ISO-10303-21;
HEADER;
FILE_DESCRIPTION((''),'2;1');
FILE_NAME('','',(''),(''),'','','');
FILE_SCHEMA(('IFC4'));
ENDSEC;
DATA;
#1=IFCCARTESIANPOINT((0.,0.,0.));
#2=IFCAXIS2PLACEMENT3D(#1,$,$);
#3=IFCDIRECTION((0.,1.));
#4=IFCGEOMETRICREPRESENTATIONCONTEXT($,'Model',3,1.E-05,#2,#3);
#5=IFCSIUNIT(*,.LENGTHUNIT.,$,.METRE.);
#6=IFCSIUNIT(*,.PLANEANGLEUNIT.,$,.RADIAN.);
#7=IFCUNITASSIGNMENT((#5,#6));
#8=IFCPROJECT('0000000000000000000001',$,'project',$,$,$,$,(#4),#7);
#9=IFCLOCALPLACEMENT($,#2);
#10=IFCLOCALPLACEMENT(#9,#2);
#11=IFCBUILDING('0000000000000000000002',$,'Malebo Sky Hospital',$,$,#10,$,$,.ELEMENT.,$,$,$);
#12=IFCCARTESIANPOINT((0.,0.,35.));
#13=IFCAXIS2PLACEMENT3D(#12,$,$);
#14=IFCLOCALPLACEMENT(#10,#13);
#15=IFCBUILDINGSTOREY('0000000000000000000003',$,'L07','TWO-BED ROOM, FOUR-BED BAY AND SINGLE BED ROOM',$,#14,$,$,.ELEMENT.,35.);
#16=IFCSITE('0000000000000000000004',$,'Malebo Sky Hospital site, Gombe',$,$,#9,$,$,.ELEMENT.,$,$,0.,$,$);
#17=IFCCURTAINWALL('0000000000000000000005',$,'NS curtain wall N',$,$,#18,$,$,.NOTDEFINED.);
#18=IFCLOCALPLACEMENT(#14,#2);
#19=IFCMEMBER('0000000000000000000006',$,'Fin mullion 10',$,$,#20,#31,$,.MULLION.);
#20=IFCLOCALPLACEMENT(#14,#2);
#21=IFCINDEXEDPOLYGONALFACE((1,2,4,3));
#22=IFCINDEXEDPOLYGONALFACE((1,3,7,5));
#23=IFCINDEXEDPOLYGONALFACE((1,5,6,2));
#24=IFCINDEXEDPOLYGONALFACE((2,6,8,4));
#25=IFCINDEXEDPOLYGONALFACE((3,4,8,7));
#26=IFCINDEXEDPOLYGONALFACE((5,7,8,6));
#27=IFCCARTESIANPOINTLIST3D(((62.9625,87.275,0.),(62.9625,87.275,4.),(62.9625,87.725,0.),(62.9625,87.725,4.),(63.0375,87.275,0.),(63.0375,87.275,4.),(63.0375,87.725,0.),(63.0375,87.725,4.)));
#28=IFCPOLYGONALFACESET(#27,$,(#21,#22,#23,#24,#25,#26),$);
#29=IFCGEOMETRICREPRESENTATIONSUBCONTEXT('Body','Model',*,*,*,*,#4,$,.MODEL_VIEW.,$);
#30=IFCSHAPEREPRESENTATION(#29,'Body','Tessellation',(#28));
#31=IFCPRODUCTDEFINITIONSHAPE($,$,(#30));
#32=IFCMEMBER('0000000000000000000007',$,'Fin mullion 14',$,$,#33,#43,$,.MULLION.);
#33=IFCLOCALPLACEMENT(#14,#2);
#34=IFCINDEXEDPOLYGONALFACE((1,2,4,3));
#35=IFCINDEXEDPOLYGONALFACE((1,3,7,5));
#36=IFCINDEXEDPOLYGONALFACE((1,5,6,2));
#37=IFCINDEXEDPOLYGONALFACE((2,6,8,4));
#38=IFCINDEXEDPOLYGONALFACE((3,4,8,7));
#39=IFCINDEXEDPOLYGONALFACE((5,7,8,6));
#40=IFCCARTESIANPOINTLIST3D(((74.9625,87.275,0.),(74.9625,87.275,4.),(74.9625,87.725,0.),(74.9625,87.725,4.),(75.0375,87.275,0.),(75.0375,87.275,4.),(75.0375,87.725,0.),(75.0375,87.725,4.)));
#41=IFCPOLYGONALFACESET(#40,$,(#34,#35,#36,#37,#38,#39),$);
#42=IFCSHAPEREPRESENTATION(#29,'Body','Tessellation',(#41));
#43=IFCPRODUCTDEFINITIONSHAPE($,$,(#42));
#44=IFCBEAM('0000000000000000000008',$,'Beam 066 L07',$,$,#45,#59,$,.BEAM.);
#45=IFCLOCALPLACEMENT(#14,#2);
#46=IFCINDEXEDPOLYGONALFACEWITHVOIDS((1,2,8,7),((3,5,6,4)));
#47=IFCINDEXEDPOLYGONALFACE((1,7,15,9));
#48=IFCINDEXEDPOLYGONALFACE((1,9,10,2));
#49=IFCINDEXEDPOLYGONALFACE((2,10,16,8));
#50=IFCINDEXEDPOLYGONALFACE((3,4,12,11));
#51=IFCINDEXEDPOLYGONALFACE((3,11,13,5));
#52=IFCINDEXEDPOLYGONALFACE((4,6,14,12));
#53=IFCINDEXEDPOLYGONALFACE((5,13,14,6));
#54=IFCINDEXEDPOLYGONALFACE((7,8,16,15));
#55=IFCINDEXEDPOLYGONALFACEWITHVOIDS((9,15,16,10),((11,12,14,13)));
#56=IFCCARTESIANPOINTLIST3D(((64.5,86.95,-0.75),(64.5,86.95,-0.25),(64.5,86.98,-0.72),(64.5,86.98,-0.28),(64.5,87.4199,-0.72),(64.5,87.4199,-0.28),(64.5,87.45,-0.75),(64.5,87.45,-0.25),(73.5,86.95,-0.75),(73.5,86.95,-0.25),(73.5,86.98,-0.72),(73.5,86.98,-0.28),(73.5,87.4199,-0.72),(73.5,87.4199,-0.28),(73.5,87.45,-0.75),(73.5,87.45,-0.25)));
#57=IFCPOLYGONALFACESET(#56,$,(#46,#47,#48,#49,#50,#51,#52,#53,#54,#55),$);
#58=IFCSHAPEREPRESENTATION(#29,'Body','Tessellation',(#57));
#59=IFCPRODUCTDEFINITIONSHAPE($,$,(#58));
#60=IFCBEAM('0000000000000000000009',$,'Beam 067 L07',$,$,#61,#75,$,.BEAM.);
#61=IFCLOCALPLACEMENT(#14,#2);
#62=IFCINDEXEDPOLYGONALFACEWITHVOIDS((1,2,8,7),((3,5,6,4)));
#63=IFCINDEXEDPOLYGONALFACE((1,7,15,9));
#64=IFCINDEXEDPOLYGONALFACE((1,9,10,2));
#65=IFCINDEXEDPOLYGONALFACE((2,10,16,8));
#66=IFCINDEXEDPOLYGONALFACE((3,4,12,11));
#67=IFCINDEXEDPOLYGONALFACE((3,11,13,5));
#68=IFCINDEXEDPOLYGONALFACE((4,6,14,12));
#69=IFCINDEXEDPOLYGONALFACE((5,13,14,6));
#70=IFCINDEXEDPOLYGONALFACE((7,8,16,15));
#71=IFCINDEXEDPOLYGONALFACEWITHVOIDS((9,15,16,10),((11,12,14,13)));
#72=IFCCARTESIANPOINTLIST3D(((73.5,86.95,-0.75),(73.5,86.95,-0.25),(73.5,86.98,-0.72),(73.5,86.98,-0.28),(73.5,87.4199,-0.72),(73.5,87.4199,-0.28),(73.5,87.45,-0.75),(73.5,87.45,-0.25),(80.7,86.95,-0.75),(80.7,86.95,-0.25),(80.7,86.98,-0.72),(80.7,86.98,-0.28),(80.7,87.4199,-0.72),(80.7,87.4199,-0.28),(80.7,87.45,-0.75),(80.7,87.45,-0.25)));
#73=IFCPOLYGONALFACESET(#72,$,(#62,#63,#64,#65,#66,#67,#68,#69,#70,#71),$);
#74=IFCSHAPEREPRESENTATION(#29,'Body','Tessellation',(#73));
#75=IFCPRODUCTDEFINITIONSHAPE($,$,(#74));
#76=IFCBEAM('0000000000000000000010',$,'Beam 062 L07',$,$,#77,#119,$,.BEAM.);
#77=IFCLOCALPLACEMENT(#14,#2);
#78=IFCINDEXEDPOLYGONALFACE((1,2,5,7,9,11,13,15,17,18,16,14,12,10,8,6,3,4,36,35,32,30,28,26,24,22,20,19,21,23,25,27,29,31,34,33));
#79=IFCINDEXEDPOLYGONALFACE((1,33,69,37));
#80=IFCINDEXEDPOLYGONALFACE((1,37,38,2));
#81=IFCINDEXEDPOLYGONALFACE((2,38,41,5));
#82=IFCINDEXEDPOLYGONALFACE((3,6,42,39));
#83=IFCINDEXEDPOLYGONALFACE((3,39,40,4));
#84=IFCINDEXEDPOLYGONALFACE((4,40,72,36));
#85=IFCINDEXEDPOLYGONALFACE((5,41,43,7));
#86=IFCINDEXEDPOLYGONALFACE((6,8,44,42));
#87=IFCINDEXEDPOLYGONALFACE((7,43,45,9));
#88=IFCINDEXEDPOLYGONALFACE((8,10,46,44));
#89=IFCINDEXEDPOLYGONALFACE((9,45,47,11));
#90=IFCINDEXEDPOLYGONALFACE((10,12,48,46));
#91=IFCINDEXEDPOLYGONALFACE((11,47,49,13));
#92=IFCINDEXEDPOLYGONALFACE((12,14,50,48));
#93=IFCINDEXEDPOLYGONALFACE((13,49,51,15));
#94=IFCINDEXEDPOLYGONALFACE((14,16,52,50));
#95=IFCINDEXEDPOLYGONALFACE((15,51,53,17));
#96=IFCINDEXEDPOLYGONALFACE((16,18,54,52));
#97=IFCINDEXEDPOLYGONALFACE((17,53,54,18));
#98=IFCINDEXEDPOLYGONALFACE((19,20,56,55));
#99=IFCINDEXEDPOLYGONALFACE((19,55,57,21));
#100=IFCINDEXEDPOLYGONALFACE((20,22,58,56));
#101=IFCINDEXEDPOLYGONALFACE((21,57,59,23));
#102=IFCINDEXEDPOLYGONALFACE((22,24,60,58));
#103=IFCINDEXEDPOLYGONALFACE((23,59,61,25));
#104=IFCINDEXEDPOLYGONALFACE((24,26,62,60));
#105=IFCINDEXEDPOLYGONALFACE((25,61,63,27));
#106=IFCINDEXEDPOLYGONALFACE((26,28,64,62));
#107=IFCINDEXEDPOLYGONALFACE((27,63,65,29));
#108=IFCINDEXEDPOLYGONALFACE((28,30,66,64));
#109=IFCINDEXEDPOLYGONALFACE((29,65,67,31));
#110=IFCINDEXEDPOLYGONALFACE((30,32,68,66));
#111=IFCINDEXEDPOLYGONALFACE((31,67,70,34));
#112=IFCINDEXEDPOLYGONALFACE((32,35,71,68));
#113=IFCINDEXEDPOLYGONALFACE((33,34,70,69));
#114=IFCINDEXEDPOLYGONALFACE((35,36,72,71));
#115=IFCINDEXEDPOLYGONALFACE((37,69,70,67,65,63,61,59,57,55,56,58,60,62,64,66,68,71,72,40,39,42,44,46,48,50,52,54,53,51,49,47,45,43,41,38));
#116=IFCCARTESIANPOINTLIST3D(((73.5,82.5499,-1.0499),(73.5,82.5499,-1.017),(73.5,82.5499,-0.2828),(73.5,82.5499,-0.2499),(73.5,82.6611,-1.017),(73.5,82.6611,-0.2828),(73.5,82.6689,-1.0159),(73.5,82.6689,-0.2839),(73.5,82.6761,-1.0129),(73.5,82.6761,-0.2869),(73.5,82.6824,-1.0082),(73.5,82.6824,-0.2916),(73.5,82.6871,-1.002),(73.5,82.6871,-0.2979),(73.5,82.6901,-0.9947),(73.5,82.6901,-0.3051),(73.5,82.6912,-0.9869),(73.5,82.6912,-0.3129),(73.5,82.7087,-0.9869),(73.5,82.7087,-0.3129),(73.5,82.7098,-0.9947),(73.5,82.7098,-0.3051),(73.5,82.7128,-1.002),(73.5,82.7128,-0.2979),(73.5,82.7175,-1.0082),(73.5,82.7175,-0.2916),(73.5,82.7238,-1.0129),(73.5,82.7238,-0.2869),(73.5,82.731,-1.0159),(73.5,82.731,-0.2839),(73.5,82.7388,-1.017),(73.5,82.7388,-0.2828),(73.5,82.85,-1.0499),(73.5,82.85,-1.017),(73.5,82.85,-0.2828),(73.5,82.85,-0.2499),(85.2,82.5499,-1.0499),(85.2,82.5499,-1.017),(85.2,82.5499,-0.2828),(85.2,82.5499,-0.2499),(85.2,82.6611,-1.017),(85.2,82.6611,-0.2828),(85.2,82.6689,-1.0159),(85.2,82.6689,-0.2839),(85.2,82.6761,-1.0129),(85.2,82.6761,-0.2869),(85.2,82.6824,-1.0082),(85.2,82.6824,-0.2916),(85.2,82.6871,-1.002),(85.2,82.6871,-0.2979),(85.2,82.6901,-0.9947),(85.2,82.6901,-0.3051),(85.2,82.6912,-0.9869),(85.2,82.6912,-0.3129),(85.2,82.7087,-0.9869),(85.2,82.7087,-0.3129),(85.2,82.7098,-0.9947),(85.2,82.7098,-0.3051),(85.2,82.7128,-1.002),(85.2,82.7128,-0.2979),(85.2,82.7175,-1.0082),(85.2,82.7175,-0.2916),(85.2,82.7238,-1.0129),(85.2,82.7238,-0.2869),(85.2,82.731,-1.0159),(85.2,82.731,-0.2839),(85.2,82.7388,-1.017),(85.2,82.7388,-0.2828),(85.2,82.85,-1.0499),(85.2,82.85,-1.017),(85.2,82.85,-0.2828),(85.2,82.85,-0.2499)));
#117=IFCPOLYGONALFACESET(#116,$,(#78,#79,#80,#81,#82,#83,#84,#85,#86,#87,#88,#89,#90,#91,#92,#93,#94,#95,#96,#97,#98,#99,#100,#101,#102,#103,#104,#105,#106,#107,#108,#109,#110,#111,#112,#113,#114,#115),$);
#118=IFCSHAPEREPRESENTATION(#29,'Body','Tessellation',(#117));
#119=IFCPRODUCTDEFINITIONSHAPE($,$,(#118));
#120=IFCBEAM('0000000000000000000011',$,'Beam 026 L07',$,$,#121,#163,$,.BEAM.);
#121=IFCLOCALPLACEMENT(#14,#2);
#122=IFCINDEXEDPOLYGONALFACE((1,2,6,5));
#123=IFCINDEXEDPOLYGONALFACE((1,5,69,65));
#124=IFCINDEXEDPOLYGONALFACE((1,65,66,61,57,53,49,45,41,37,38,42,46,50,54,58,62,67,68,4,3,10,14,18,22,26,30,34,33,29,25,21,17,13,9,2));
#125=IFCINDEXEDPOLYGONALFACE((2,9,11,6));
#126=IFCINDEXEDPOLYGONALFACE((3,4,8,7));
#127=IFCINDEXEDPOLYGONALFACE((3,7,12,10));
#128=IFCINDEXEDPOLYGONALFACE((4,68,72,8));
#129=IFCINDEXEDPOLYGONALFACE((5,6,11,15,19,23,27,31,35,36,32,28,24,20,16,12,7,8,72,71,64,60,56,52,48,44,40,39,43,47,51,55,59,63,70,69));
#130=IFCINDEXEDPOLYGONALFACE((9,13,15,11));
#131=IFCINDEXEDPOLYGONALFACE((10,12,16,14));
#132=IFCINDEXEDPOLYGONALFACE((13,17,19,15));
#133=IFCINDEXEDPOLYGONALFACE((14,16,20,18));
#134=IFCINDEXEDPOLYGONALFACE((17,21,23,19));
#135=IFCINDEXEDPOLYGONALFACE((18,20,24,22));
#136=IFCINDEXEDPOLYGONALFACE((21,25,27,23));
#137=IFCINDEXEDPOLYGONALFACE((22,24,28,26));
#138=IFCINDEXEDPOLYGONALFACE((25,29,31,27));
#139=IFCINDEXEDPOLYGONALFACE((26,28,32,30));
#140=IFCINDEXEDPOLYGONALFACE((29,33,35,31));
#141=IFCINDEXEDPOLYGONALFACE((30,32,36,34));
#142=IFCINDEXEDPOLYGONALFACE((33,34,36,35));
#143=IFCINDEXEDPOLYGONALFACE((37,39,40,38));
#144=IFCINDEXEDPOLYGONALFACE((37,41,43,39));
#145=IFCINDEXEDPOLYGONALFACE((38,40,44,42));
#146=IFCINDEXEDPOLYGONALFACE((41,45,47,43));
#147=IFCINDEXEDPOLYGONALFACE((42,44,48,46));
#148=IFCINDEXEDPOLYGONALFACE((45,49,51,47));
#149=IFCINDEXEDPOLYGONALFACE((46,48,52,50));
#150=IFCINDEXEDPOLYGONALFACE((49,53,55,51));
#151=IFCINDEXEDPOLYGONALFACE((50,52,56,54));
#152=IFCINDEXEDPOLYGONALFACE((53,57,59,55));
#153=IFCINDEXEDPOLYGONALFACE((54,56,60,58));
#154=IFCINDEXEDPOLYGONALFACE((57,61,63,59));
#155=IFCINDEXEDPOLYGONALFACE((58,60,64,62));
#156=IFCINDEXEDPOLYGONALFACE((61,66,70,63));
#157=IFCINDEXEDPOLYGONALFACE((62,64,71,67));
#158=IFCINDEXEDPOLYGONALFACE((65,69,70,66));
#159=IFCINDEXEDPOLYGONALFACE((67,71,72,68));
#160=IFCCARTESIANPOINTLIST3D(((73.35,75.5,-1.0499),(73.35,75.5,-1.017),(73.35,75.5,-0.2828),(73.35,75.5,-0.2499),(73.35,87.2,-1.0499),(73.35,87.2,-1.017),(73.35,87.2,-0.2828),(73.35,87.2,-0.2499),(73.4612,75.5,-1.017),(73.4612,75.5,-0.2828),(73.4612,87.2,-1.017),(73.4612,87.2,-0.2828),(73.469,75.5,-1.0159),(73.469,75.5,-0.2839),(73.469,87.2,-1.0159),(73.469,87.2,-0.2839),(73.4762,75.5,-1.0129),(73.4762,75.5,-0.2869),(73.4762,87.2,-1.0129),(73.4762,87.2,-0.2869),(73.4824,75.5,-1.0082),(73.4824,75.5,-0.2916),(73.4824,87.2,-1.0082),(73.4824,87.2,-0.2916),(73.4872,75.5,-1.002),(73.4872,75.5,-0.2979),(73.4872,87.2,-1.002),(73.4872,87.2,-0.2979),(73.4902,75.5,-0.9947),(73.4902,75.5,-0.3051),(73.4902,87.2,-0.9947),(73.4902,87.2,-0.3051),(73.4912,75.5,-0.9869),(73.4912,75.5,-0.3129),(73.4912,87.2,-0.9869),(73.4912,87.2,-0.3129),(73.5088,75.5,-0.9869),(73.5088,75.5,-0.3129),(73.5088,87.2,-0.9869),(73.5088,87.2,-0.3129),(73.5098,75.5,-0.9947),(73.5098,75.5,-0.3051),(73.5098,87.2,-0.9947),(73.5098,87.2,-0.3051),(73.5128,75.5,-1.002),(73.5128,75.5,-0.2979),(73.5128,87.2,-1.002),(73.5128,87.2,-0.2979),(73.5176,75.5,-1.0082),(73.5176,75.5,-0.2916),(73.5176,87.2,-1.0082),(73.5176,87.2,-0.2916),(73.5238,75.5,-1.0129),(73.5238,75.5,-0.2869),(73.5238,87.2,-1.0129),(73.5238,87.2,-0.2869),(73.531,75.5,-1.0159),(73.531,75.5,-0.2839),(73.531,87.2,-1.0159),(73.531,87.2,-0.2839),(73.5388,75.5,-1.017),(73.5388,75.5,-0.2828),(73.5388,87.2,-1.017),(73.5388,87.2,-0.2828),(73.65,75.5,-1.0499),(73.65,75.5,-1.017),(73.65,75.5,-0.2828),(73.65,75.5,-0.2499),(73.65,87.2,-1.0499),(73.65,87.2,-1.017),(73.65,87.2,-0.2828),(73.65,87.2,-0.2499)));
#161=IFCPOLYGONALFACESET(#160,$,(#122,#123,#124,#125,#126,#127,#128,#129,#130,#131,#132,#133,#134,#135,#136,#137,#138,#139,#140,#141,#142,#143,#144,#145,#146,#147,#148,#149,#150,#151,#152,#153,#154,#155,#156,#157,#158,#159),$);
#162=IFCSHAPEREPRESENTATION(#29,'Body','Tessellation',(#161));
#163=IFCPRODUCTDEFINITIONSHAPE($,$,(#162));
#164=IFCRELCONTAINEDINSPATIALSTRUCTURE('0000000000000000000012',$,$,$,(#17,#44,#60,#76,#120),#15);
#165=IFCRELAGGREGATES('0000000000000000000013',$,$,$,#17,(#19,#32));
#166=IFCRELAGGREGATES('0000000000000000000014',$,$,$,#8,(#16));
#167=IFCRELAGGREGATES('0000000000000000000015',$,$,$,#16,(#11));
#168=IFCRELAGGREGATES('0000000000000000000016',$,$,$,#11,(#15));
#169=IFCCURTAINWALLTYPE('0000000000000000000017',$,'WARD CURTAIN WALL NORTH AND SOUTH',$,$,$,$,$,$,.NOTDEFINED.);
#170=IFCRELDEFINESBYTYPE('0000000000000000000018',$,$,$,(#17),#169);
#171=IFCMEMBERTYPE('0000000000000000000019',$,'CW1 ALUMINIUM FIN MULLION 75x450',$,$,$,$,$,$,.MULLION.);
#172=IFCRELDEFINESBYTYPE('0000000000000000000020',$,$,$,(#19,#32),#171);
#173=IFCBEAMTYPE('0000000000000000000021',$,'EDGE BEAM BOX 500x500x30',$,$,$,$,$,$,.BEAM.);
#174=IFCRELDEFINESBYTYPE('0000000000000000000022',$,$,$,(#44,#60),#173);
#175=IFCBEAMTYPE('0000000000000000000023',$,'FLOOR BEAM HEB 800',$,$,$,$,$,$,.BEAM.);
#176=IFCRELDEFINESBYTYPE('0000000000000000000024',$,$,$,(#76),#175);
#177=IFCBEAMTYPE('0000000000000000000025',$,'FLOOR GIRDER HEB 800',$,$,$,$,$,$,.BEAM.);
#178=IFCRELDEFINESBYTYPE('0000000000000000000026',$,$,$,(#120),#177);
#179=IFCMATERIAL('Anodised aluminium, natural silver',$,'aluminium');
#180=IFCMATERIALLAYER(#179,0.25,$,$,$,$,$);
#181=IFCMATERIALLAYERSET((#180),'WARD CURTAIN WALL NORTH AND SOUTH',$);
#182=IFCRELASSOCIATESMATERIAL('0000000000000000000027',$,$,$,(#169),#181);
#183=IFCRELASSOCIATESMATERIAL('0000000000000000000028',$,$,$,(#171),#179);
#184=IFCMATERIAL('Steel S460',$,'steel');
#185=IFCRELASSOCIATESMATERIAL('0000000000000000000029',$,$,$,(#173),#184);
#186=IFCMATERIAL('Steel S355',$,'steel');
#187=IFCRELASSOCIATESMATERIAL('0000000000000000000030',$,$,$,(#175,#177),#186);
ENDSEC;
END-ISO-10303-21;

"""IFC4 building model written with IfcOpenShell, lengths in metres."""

from ifc_helpers import new_model, si_unit, direction, frame, origin, origin_2d, place, context, subcontext, project, spatial, rectangle, hollow_rectangle, i_section, extrude, material, layer, layer_set, material_profile, profile_set, type_object, element, aggregate, save


model = new_model("IFC4")

# Units and contexts
model_context = context("Model", 3, precision=1e-05, world=origin(), true_north=direction((0.0, 1.0)))
body_context = subcontext(model_context, "Body", "Model", "MODEL_VIEW")
ifc_project = project(units=[si_unit("LENGTHUNIT", "METRE"), si_unit("PLANEANGLEUNIT", "RADIAN")], contexts=[model_context])

# Site, building, storey
site_placement = place(None, origin())
site = spatial("IfcSite", under=ifc_project, at=site_placement, Name="Malebo Sky Hospital site, Gombe", CompositionType="ELEMENT", RefElevation=0.0)
building_placement = place(site_placement, origin())
building = spatial("IfcBuilding", under=site, at=building_placement, Name="Malebo Sky Hospital", CompositionType="ELEMENT")
storey_placement = place(building_placement, frame((0.0, 0.0, 35.0)))
storey = spatial("IfcBuildingStorey", under=building, at=storey_placement, Name="L07", Description="TWO-BED ROOM, FOUR-BED BAY AND SINGLE BED ROOM", CompositionType="ELEMENT", Elevation=35.0)

# Shared definitions
ifc_material_1 = material(Name="Steel S460", Category="steel")

# Curtain wall, members
ifc_material_2 = material(Name="Anodised aluminium, natural silver", Category="aluminium")
ifc_layer_1 = layer(ifc_material_2, 0.25)
ifc_layer_set_1 = layer_set([ifc_layer_1], Name="WARD CURTAIN WALL NORTH AND SOUTH")
curtain_wall_type = type_object("IfcCurtainWallType", Name="WARD CURTAIN WALL NORTH AND SOUTH", PredefinedType="NOTDEFINED", material=ifc_layer_set_1)
curtain_wall_placement = place(storey_placement, origin())
curtain_wall = element("IfcCurtainWall", 1, at=curtain_wall_placement, inside=storey, type_object=curtain_wall_type, Name="NS curtain wall N", PredefinedType="NOTDEFINED")
ifc_material_profile_1 = material_profile(ifc_material_2, rectangle(XDim=0.075, YDim=0.45, at=origin_2d()), Name="CW1 ALUMINIUM FIN MULLION 75x450")
ifc_profile_set_1 = profile_set([ifc_material_profile_1], Name="Anodised aluminium, natural silver")
member_type_1 = type_object("IfcMemberType", Name="CW1 ALUMINIUM FIN MULLION 75x450", PredefinedType="MULLION", material=ifc_profile_set_1)
member_1_placement = place(storey_placement, frame((63.0, 87.5, 0.0), z_axis=(0.0, 0.0, 1.0), x_axis=(1.0, 0.0, 0.0)))
member_1 = element("IfcMember", 2, at=member_1_placement, type_object=member_type_1, Name="Fin mullion 10", PredefinedType="MULLION", context=body_context, shape_type="SweptSolid", body=[
    extrude(rectangle(XDim=0.075, YDim=0.45, at=origin_2d()), origin(), (0.0, 0.0, 1.0), 4.0),
])
member_2_placement = place(storey_placement, frame((75.0, 87.5, 0.0), z_axis=(0.0, 0.0, 1.0), x_axis=(1.0, 0.0, 0.0)))
member_2 = element("IfcMember", 3, at=member_2_placement, type_object=member_type_1, Name="Fin mullion 14", PredefinedType="MULLION", context=body_context, shape_type="SweptSolid", body=[
    extrude(rectangle(XDim=0.075, YDim=0.45, at=origin_2d()), origin(), (0.0, 0.0, 1.0), 4.0),
])

# Beams
ifc_material_profile_2 = material_profile(ifc_material_1, hollow_rectangle(XDim=0.5, YDim=0.5, WallThickness=0.03, at=origin_2d()), Name="BOX 500x500x30")
ifc_profile_set_2 = profile_set([ifc_material_profile_2], Name="Steel S460")
beam_type_1 = type_object("IfcBeamType", Name="EDGE BEAM BOX 500x500x30", PredefinedType="BEAM", material=ifc_profile_set_2)
beam_1_placement = place(storey_placement, frame((64.5, 87.2, -0.5), z_axis=(1.0, 0.0, 0.0), x_axis=(0.0, 1.0, 0.0)))
element("IfcBeam", 4, at=beam_1_placement, inside=storey, type_object=beam_type_1, Name="Beam 066 L07", PredefinedType="BEAM", context=body_context, shape_type="SweptSolid", body=[
    extrude(hollow_rectangle(XDim=0.5, YDim=0.5, WallThickness=0.03, at=origin_2d()), origin(), (0.0, 0.0, 1.0), 9.0),
])
beam_2_placement = place(storey_placement, frame((73.5, 87.2, -0.5), z_axis=(1.0, 0.0, 0.0), x_axis=(0.0, 1.0, 0.0)))
element("IfcBeam", 5, at=beam_2_placement, inside=storey, type_object=beam_type_1, Name="Beam 067 L07", PredefinedType="BEAM", context=body_context, shape_type="SweptSolid", body=[
    extrude(hollow_rectangle(XDim=0.5, YDim=0.5, WallThickness=0.03, at=origin_2d()), origin(), (0.0, 0.0, 1.0), 7.2),
])
ifc_material_3 = material(Name="Steel S355", Category="steel")
ifc_material_profile_3 = material_profile(ifc_material_3, i_section(OverallWidth=0.3, OverallDepth=0.8, WebThickness=0.0176, FlangeThickness=0.033, FilletRadius=0.03, at=origin_2d()), Name="HEB 800")
ifc_profile_set_3 = profile_set([ifc_material_profile_3], Name="Steel S355")
beam_type_2 = type_object("IfcBeamType", Name="FLOOR BEAM HEB 800", PredefinedType="BEAM", material=ifc_profile_set_3)
beam_3_placement = place(storey_placement, frame((73.5, 82.7, -0.6499), z_axis=(1.0, 0.0, 0.0), x_axis=(0.0, 1.0, 0.0)))
element("IfcBeam", 6, at=beam_3_placement, inside=storey, type_object=beam_type_2, Name="Beam 062 L07", PredefinedType="BEAM", context=body_context, shape_type="SweptSolid", body=[
    extrude(i_section(OverallWidth=0.3, OverallDepth=0.8, WebThickness=0.0176, FlangeThickness=0.033, FilletRadius=0.03, at=origin_2d()), origin(), (0.0, 0.0, 1.0), 11.7),
])
ifc_material_profile_4 = material_profile(ifc_material_3, i_section(OverallWidth=0.3, OverallDepth=0.8, WebThickness=0.0176, FlangeThickness=0.033, FilletRadius=0.03, at=origin_2d()), Name="HEB 800")
ifc_profile_set_4 = profile_set([ifc_material_profile_4], Name="Steel S355")
beam_type_3 = type_object("IfcBeamType", Name="FLOOR GIRDER HEB 800", PredefinedType="BEAM", material=ifc_profile_set_4)
for number, where, z_axis, x_axis, name in (
    (7, (73.5, 75.5, -0.6499), (0.0, 1.0, 0.0), (-1.0, 0.0, 0.0), "Beam 026 L07"),
):
    element("IfcBeam", number, at=place(storey_placement, frame(where, z_axis=z_axis, x_axis=x_axis)), inside=storey, type_object=beam_type_3, Name=name, PredefinedType="BEAM", context=body_context, shape_type="SweptSolid", body=[
        extrude(i_section(OverallWidth=0.3, OverallDepth=0.8, WebThickness=0.0176, FlangeThickness=0.033, FilletRadius=0.03, at=origin_2d()), origin(), (0.0, 0.0, 1.0), 11.7),
    ])

aggregate(curtain_wall, [member_1, member_2])

save(model, "model.ifc")
